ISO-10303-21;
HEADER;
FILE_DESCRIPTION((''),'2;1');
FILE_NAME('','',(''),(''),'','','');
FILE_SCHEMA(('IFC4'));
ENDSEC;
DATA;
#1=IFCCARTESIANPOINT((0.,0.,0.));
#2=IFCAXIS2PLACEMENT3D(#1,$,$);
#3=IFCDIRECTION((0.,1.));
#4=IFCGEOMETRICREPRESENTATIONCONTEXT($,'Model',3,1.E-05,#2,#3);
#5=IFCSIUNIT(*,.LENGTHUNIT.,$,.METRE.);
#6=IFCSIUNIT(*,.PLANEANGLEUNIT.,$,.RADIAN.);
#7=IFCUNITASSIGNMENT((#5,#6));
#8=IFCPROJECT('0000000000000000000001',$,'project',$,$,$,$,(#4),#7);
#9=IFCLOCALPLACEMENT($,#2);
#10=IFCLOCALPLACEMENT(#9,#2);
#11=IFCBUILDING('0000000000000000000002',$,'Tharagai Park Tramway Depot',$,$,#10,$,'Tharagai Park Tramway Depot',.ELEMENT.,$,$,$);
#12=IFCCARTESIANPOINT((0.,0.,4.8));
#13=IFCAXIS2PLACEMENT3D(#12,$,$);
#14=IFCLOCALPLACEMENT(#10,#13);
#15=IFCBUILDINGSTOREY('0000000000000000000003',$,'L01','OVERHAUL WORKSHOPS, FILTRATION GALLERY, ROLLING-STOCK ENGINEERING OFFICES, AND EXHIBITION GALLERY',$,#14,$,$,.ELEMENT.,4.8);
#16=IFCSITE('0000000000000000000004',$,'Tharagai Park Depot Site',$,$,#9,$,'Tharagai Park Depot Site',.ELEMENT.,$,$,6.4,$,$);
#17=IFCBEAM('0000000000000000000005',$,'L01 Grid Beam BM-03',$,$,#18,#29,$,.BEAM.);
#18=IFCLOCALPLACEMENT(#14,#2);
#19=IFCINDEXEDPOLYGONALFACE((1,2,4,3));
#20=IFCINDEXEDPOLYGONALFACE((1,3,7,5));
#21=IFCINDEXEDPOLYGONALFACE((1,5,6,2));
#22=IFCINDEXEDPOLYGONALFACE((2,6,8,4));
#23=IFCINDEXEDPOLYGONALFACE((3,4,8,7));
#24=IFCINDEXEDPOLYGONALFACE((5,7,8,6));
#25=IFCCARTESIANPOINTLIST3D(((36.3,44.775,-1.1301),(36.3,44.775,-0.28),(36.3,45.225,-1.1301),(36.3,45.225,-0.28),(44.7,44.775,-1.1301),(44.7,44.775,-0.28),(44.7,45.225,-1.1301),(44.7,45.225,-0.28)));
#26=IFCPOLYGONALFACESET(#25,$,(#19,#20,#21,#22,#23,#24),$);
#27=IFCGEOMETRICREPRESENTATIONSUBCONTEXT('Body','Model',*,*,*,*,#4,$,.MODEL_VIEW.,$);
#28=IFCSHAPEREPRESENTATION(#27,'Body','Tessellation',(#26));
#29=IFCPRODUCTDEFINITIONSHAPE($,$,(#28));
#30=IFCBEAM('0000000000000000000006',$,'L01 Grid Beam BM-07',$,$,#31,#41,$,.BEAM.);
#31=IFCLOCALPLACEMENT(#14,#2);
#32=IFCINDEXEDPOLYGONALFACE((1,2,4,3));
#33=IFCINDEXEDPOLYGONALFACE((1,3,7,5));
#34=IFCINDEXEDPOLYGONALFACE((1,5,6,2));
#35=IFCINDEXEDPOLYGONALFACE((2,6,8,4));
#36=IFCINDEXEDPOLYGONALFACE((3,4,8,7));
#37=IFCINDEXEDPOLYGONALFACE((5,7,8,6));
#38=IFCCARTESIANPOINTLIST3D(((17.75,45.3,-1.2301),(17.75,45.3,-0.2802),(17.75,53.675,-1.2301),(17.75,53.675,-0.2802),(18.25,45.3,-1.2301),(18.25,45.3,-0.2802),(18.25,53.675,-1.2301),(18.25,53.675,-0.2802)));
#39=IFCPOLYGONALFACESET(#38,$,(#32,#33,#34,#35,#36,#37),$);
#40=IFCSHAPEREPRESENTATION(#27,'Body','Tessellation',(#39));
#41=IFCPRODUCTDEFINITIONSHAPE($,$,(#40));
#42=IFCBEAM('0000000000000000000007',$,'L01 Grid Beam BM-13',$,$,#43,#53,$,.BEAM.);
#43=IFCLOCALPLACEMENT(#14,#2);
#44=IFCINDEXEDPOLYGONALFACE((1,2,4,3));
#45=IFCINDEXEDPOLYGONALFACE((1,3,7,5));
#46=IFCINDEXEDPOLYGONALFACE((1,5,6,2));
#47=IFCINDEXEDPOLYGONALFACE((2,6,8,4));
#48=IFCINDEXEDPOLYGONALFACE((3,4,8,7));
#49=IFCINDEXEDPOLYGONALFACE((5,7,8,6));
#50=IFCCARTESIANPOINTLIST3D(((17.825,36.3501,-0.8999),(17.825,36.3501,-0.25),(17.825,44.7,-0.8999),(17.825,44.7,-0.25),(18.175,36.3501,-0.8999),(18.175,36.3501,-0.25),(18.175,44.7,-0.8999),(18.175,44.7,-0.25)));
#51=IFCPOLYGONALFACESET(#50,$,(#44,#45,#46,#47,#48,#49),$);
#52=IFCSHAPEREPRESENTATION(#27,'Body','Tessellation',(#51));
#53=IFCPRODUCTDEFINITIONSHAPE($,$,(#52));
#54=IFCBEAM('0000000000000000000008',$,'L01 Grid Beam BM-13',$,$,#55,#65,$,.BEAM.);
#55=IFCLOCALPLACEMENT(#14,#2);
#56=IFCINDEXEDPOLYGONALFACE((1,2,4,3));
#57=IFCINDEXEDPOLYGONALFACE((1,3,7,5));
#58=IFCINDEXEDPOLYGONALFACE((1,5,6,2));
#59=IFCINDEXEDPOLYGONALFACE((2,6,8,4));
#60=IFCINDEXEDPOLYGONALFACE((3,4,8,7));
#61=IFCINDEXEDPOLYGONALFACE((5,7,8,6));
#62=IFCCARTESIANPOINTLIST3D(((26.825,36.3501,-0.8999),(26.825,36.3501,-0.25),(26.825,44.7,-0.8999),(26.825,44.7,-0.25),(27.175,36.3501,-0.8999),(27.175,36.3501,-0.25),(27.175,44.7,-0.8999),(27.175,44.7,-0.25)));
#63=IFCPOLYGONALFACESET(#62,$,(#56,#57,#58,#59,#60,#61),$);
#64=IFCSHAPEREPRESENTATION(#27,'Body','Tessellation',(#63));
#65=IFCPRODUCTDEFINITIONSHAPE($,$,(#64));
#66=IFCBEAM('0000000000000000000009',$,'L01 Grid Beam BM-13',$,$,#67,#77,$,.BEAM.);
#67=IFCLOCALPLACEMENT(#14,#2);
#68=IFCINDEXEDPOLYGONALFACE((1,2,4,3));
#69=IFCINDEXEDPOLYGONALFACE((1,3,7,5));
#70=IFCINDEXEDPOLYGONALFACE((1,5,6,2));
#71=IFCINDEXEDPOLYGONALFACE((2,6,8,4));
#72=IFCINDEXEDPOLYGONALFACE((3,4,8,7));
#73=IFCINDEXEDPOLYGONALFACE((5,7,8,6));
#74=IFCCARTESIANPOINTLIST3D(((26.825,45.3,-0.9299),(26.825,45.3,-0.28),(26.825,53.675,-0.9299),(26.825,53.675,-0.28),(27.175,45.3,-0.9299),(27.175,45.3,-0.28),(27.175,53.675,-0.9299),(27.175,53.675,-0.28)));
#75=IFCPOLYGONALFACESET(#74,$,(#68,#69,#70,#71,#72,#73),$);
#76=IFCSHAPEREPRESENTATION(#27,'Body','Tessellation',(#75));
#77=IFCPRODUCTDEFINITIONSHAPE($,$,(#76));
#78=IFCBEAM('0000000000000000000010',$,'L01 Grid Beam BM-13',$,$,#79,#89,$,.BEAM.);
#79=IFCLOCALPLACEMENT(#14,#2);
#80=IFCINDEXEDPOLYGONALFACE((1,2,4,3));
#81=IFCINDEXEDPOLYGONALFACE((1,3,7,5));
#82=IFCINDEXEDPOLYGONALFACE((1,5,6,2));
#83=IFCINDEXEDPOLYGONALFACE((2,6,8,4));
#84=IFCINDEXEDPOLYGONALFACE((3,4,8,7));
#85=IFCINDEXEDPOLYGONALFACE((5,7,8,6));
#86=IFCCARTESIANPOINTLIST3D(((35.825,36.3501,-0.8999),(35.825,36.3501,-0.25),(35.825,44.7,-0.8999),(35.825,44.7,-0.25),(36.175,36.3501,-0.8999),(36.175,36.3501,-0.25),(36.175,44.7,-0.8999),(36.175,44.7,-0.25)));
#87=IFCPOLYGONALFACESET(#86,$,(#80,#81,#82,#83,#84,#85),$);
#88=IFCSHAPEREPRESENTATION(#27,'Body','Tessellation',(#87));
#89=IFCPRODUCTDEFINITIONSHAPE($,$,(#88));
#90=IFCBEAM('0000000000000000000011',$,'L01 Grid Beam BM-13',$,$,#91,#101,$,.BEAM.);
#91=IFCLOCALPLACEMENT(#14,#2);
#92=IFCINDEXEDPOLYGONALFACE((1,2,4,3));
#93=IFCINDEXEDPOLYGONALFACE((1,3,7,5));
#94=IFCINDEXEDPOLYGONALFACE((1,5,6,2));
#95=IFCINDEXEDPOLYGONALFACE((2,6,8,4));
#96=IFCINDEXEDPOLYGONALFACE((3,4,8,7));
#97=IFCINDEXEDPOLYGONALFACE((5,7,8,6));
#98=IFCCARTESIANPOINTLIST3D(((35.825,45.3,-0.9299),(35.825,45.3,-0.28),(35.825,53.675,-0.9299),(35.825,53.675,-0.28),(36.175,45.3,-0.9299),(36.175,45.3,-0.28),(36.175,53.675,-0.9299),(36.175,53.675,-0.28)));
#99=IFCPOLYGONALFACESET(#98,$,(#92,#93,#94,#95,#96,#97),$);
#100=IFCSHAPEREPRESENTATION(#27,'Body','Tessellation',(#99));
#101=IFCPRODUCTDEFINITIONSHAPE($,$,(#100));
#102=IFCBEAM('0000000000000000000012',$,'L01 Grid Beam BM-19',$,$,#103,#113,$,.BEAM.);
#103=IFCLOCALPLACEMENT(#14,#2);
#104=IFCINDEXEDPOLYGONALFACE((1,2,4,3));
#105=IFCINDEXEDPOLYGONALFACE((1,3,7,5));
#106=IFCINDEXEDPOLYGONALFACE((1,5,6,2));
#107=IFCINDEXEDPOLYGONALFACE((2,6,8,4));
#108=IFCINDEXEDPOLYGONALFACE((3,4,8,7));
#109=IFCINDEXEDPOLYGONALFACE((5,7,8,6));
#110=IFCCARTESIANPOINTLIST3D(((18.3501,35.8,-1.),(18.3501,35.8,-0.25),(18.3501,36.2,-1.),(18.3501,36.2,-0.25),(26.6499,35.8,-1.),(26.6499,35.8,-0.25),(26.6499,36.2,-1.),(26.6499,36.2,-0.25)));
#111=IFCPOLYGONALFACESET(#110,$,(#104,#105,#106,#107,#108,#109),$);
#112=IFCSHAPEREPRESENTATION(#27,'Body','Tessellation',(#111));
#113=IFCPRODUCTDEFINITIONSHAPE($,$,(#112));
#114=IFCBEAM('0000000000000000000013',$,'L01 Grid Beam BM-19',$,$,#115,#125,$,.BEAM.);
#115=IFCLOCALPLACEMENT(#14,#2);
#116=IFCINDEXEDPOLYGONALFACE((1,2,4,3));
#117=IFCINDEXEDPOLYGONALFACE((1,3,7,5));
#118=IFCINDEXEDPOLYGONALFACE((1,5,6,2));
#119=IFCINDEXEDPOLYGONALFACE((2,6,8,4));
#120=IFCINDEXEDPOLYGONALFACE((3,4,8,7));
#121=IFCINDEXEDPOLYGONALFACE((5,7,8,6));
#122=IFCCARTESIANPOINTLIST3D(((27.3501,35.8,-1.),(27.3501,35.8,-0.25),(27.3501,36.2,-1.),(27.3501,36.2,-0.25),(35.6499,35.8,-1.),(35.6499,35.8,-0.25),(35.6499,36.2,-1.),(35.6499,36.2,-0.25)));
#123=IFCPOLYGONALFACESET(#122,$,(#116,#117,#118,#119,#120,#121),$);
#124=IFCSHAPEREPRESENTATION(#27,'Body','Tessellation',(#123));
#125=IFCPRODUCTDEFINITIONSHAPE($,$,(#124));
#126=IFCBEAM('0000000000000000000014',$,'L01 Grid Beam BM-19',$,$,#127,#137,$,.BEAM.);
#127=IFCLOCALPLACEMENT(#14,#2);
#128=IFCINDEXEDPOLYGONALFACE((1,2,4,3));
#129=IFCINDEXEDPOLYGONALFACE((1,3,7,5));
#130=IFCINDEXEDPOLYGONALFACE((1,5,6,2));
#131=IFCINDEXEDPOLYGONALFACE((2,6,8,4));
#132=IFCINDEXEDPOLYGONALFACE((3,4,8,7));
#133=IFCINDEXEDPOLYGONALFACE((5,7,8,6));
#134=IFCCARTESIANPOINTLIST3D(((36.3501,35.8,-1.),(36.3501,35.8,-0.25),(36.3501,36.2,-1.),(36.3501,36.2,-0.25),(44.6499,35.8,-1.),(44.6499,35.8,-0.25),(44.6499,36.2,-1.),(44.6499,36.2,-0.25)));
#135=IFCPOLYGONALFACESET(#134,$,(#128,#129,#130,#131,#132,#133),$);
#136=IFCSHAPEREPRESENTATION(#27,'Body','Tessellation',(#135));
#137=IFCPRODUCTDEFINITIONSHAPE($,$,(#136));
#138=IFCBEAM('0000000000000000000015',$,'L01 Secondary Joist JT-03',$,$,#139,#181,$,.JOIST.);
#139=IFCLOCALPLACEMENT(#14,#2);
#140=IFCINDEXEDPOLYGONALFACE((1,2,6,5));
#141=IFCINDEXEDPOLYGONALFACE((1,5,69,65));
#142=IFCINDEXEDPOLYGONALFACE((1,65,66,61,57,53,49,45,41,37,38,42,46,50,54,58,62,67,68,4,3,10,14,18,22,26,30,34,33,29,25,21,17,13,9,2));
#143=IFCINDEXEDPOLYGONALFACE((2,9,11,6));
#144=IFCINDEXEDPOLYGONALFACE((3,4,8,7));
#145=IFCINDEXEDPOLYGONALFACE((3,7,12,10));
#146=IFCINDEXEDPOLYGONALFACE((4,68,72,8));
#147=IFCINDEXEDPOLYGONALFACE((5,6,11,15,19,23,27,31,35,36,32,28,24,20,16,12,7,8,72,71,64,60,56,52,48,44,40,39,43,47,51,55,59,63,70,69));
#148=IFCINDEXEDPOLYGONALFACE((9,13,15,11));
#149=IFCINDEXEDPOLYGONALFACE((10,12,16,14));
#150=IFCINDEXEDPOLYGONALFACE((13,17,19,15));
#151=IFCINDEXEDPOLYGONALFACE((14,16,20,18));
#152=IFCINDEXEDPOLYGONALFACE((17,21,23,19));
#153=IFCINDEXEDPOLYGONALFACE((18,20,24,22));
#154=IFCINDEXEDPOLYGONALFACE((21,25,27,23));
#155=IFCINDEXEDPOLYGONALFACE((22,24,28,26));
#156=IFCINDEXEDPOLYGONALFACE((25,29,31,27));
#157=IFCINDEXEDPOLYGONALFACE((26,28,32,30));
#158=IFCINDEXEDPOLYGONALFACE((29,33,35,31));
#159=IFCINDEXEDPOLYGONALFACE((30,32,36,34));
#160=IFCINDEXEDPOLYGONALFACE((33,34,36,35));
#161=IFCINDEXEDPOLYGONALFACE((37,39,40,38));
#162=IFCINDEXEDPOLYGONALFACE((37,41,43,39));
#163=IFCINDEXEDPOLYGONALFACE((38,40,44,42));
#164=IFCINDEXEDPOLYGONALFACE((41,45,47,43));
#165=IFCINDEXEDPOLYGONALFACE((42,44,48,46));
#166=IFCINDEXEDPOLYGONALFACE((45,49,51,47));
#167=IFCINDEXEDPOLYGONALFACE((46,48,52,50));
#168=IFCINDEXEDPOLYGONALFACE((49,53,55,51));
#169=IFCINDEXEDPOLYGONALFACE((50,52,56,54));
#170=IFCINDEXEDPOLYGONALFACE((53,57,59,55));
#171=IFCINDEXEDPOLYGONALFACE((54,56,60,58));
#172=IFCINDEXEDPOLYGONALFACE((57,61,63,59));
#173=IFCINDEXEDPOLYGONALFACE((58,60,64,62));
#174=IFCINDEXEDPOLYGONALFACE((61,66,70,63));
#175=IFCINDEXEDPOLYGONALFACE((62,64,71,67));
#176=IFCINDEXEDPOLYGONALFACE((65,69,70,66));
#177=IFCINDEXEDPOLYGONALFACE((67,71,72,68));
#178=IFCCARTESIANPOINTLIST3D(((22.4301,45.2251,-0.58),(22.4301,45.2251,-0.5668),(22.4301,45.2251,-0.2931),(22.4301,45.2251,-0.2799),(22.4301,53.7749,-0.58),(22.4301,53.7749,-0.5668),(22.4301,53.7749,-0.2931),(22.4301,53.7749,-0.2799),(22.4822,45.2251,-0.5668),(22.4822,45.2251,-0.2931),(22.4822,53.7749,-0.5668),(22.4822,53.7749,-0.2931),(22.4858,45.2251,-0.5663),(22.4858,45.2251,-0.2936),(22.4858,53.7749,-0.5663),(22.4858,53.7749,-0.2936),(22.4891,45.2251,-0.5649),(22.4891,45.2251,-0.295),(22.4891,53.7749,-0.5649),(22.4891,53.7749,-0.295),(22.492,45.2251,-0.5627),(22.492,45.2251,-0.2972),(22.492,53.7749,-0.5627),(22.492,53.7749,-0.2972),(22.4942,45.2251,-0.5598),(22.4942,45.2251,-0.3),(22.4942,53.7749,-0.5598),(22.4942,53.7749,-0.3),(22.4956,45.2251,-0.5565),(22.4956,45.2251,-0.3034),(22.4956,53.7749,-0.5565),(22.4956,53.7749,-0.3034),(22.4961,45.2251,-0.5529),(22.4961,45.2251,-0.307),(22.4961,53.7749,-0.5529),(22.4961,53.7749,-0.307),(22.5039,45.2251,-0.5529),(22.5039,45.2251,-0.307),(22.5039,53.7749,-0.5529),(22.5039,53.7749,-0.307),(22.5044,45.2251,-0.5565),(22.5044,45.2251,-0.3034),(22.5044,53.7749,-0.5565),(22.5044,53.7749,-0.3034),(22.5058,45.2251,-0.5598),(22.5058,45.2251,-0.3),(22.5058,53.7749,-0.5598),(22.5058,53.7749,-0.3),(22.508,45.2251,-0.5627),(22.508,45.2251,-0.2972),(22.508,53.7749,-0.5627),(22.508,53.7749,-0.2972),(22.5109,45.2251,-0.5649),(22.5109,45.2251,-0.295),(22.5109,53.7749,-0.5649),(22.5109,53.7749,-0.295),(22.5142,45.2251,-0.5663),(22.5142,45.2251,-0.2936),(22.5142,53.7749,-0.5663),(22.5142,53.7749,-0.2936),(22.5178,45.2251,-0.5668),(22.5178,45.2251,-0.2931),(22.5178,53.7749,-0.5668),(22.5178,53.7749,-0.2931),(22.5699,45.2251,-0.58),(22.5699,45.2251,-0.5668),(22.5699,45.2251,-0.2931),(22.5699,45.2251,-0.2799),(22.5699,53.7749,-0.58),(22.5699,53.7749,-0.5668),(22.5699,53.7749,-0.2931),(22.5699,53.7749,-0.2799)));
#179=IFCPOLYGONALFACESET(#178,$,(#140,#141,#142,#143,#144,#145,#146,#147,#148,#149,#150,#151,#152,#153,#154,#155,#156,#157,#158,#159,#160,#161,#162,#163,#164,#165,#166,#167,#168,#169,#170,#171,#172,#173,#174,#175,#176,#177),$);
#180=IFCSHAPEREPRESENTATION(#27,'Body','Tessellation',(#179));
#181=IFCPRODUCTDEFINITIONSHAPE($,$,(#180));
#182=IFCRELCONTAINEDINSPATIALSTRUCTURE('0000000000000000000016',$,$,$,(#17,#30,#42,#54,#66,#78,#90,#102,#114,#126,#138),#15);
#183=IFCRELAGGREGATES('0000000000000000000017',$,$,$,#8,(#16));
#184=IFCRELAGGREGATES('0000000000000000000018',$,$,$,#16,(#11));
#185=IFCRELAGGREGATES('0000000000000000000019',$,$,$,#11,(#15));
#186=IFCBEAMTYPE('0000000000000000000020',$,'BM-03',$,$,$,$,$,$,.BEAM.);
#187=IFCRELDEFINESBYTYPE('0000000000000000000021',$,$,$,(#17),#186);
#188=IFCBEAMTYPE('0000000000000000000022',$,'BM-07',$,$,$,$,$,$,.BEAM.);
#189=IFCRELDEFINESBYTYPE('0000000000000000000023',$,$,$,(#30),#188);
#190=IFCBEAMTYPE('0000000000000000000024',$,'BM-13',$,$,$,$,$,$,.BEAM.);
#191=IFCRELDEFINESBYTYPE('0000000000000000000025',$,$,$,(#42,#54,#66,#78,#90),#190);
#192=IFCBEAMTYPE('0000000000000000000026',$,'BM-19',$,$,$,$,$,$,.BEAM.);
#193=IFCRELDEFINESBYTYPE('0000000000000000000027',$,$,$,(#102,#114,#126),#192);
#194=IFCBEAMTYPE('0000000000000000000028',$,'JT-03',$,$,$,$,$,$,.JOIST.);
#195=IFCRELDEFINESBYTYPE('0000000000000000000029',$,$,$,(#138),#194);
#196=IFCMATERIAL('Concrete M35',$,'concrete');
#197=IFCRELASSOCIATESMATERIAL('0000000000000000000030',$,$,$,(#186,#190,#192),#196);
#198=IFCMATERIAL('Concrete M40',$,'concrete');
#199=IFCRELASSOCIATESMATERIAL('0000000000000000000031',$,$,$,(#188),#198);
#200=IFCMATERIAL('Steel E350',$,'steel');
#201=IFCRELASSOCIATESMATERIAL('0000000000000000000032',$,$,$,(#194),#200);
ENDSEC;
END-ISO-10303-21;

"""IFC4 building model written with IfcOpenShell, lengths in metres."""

from ifc_helpers import new_model, si_unit, direction, frame, origin, origin_2d, place, context, subcontext, project, spatial, rectangle, i_section, extrude, material, material_profile, profile_set, type_object, element, save


model = new_model("IFC4")

# Units and contexts
model_context = context("Model", 3, precision=1e-05, world=origin(), true_north=direction((0.0, 1.0)))
body_context = subcontext(model_context, "Body", "Model", "MODEL_VIEW")
ifc_project = project(units=[si_unit("LENGTHUNIT", "METRE"), si_unit("PLANEANGLEUNIT", "RADIAN")], contexts=[model_context])

# Site, building, storey
site_placement = place(None, origin())
site = spatial("IfcSite", under=ifc_project, at=site_placement, Name="Tharagai Park Depot Site", LongName="Tharagai Park Depot Site", CompositionType="ELEMENT", RefElevation=6.4)
building_placement = place(site_placement, origin())
building = spatial("IfcBuilding", under=site, at=building_placement, Name="Tharagai Park Tramway Depot", LongName="Tharagai Park Tramway Depot", CompositionType="ELEMENT")
storey_placement = place(building_placement, frame((0.0, 0.0, 4.8)))
storey = spatial("IfcBuildingStorey", under=building, at=storey_placement, Name="L01", Description="OVERHAUL WORKSHOPS, FILTRATION GALLERY, ROLLING-STOCK ENGINEERING OFFICES, AND EXHIBITION GALLERY", CompositionType="ELEMENT", Elevation=4.8)

# Shared definitions
ifc_material_1 = material(Name="Steel E350", Category="steel")
ifc_material_2 = material(Name="Concrete M40", Category="concrete")

# Beams
ifc_material_3 = material(Name="Concrete M35", Category="concrete")
ifc_material_profile_1 = material_profile(ifc_material_3, rectangle(XDim=0.45, YDim=0.8501, at=origin_2d()), Name="RC 450x850")
ifc_profile_set_1 = profile_set([ifc_material_profile_1], Name="Concrete M35")
beam_type_1 = type_object("IfcBeamType", Name="BM-03", PredefinedType="BEAM", material=ifc_profile_set_1)
for number, where, z_axis, x_axis, name in (
    (1, (36.3, 45.0, -0.7051), (1.0, 0.0, 0.0), (0.0, 1.0, 0.0), "L01 Grid Beam BM-03"),
):
    element("IfcBeam", number, at=place(storey_placement, frame(where, z_axis=z_axis, x_axis=x_axis)), inside=storey, type_object=beam_type_1, Name=name, PredefinedType="BEAM", context=body_context, shape_type="SweptSolid", body=[
        extrude(rectangle(XDim=0.45, YDim=0.8501, at=origin_2d()), origin(), (0.0, 0.0, 1.0), 8.3999),
    ])
ifc_material_profile_2 = material_profile(ifc_material_2, rectangle(XDim=0.5, YDim=0.95, at=origin_2d()), Name="RC 500x950")
ifc_profile_set_2 = profile_set([ifc_material_profile_2], Name="Concrete M40")
beam_type_2 = type_object("IfcBeamType", Name="BM-07", PredefinedType="BEAM", material=ifc_profile_set_2)
beam_1_placement = place(storey_placement, frame((18.0, 45.3, -0.7551), z_axis=(0.0, 1.0, 0.0), x_axis=(-1.0, 0.0, 0.0)))
element("IfcBeam", 2, at=beam_1_placement, inside=storey, type_object=beam_type_2, Name="L01 Grid Beam BM-07", PredefinedType="BEAM", context=body_context, shape_type="SweptSolid", body=[
    extrude(rectangle(XDim=0.5, YDim=0.95, at=origin_2d()), origin(), (0.0, 0.0, 1.0), 8.375),
])
ifc_material_profile_3 = material_profile(ifc_material_3, rectangle(XDim=0.3501, YDim=0.6499, at=origin_2d()), Name="RC 350x650")
ifc_profile_set_3 = profile_set([ifc_material_profile_3], Name="Concrete M35")
beam_type_3 = type_object("IfcBeamType", Name="BM-13", PredefinedType="BEAM", material=ifc_profile_set_3)
for number, where, z_axis, x_axis, name in (
    (3, (18.0, 36.3501, -0.575), (0.0, 1.0, 0.0), (-1.0, 0.0, 0.0), "L01 Grid Beam BM-13"),
    (4, (27.0, 36.3501, -0.575), (0.0, 1.0, 0.0), (-1.0, 0.0, 0.0), "L01 Grid Beam BM-13"),
):
    element("IfcBeam", number, at=place(storey_placement, frame(where, z_axis=z_axis, x_axis=x_axis)), inside=storey, type_object=beam_type_3, Name=name, PredefinedType="BEAM", context=body_context, shape_type="SweptSolid", body=[
        extrude(rectangle(XDim=0.3501, YDim=0.6499, at=origin_2d()), origin(), (0.0, 0.0, 1.0), 8.3499),
    ])
beam_2_placement = place(storey_placement, frame((27.0, 45.3, -0.605), z_axis=(0.0, 1.0, 0.0), x_axis=(-1.0, 0.0, 0.0)))
element("IfcBeam", 5, at=beam_2_placement, inside=storey, type_object=beam_type_3, Name="L01 Grid Beam BM-13", PredefinedType="BEAM", context=body_context, shape_type="SweptSolid", body=[
    extrude(rectangle(XDim=0.3501, YDim=0.6499, at=origin_2d()), origin(), (0.0, 0.0, 1.0), 8.375),
])
beam_3_placement = place(storey_placement, frame((36.0, 36.3501, -0.575), z_axis=(0.0, 1.0, 0.0), x_axis=(-1.0, 0.0, 0.0)))
element("IfcBeam", 6, at=beam_3_placement, inside=storey, type_object=beam_type_3, Name="L01 Grid Beam BM-13", PredefinedType="BEAM", context=body_context, shape_type="SweptSolid", body=[
    extrude(rectangle(XDim=0.3501, YDim=0.6499, at=origin_2d()), origin(), (0.0, 0.0, 1.0), 8.3499),
])
beam_4_placement = place(storey_placement, frame((36.0, 45.3, -0.605), z_axis=(0.0, 1.0, 0.0), x_axis=(-1.0, 0.0, 0.0)))
element("IfcBeam", 7, at=beam_4_placement, inside=storey, type_object=beam_type_3, Name="L01 Grid Beam BM-13", PredefinedType="BEAM", context=body_context, shape_type="SweptSolid", body=[
    extrude(rectangle(XDim=0.3501, YDim=0.6499, at=origin_2d()), origin(), (0.0, 0.0, 1.0), 8.375),
])
ifc_material_profile_4 = material_profile(ifc_material_3, rectangle(XDim=0.3999, YDim=0.75, at=origin_2d()), Name="RC 400x750")
ifc_profile_set_4 = profile_set([ifc_material_profile_4], Name="Concrete M35")
beam_type_4 = type_object("IfcBeamType", Name="BM-19", PredefinedType="BEAM", material=ifc_profile_set_4)
for number, where, z_axis, x_axis, name in (
    (8, (18.3501, 36.0, -0.625), (1.0, 0.0, 0.0), (0.0, 1.0, 0.0), "L01 Grid Beam BM-19"),
    (9, (27.3501, 36.0, -0.625), (1.0, 0.0, 0.0), (0.0, 1.0, 0.0), "L01 Grid Beam BM-19"),
    (10, (36.3501, 36.0, -0.625), (1.0, 0.0, 0.0), (0.0, 1.0, 0.0), "L01 Grid Beam BM-19"),
):
    element("IfcBeam", number, at=place(storey_placement, frame(where, z_axis=z_axis, x_axis=x_axis)), inside=storey, type_object=beam_type_4, Name=name, PredefinedType="BEAM", context=body_context, shape_type="SweptSolid", body=[
        extrude(rectangle(XDim=0.3999, YDim=0.75, at=origin_2d()), origin(), (0.0, 0.0, 1.0), 8.2998),
    ])
ifc_material_profile_5 = material_profile(ifc_material_1, i_section(OverallWidth=0.1399, OverallDepth=0.3, WebThickness=0.0078, FlangeThickness=0.0132, FilletRadius=0.0139, at=origin_2d()), Name="ISMB 300")
ifc_profile_set_5 = profile_set([ifc_material_profile_5], Name="Steel E350")
beam_type_5 = type_object("IfcBeamType", Name="JT-03", PredefinedType="JOIST", material=ifc_profile_set_5)
for number, where, z_axis, x_axis, name in (
    (11, (22.5, 45.2251, -0.4299), (0.0, 1.0, 0.0), (-1.0, 0.0, 0.0), "L01 Secondary Joist JT-03"),
):
    element("IfcBeam", number, at=place(storey_placement, frame(where, z_axis=z_axis, x_axis=x_axis)), inside=storey, type_object=beam_type_5, Name=name, PredefinedType="JOIST", context=body_context, shape_type="SweptSolid", body=[
        extrude(i_section(OverallWidth=0.1399, OverallDepth=0.3, WebThickness=0.0078, FlangeThickness=0.0132, FilletRadius=0.0139, at=origin_2d()), origin(), (0.0, 0.0, 1.0), 8.5498),
    ])

save(model, "model.ifc")
